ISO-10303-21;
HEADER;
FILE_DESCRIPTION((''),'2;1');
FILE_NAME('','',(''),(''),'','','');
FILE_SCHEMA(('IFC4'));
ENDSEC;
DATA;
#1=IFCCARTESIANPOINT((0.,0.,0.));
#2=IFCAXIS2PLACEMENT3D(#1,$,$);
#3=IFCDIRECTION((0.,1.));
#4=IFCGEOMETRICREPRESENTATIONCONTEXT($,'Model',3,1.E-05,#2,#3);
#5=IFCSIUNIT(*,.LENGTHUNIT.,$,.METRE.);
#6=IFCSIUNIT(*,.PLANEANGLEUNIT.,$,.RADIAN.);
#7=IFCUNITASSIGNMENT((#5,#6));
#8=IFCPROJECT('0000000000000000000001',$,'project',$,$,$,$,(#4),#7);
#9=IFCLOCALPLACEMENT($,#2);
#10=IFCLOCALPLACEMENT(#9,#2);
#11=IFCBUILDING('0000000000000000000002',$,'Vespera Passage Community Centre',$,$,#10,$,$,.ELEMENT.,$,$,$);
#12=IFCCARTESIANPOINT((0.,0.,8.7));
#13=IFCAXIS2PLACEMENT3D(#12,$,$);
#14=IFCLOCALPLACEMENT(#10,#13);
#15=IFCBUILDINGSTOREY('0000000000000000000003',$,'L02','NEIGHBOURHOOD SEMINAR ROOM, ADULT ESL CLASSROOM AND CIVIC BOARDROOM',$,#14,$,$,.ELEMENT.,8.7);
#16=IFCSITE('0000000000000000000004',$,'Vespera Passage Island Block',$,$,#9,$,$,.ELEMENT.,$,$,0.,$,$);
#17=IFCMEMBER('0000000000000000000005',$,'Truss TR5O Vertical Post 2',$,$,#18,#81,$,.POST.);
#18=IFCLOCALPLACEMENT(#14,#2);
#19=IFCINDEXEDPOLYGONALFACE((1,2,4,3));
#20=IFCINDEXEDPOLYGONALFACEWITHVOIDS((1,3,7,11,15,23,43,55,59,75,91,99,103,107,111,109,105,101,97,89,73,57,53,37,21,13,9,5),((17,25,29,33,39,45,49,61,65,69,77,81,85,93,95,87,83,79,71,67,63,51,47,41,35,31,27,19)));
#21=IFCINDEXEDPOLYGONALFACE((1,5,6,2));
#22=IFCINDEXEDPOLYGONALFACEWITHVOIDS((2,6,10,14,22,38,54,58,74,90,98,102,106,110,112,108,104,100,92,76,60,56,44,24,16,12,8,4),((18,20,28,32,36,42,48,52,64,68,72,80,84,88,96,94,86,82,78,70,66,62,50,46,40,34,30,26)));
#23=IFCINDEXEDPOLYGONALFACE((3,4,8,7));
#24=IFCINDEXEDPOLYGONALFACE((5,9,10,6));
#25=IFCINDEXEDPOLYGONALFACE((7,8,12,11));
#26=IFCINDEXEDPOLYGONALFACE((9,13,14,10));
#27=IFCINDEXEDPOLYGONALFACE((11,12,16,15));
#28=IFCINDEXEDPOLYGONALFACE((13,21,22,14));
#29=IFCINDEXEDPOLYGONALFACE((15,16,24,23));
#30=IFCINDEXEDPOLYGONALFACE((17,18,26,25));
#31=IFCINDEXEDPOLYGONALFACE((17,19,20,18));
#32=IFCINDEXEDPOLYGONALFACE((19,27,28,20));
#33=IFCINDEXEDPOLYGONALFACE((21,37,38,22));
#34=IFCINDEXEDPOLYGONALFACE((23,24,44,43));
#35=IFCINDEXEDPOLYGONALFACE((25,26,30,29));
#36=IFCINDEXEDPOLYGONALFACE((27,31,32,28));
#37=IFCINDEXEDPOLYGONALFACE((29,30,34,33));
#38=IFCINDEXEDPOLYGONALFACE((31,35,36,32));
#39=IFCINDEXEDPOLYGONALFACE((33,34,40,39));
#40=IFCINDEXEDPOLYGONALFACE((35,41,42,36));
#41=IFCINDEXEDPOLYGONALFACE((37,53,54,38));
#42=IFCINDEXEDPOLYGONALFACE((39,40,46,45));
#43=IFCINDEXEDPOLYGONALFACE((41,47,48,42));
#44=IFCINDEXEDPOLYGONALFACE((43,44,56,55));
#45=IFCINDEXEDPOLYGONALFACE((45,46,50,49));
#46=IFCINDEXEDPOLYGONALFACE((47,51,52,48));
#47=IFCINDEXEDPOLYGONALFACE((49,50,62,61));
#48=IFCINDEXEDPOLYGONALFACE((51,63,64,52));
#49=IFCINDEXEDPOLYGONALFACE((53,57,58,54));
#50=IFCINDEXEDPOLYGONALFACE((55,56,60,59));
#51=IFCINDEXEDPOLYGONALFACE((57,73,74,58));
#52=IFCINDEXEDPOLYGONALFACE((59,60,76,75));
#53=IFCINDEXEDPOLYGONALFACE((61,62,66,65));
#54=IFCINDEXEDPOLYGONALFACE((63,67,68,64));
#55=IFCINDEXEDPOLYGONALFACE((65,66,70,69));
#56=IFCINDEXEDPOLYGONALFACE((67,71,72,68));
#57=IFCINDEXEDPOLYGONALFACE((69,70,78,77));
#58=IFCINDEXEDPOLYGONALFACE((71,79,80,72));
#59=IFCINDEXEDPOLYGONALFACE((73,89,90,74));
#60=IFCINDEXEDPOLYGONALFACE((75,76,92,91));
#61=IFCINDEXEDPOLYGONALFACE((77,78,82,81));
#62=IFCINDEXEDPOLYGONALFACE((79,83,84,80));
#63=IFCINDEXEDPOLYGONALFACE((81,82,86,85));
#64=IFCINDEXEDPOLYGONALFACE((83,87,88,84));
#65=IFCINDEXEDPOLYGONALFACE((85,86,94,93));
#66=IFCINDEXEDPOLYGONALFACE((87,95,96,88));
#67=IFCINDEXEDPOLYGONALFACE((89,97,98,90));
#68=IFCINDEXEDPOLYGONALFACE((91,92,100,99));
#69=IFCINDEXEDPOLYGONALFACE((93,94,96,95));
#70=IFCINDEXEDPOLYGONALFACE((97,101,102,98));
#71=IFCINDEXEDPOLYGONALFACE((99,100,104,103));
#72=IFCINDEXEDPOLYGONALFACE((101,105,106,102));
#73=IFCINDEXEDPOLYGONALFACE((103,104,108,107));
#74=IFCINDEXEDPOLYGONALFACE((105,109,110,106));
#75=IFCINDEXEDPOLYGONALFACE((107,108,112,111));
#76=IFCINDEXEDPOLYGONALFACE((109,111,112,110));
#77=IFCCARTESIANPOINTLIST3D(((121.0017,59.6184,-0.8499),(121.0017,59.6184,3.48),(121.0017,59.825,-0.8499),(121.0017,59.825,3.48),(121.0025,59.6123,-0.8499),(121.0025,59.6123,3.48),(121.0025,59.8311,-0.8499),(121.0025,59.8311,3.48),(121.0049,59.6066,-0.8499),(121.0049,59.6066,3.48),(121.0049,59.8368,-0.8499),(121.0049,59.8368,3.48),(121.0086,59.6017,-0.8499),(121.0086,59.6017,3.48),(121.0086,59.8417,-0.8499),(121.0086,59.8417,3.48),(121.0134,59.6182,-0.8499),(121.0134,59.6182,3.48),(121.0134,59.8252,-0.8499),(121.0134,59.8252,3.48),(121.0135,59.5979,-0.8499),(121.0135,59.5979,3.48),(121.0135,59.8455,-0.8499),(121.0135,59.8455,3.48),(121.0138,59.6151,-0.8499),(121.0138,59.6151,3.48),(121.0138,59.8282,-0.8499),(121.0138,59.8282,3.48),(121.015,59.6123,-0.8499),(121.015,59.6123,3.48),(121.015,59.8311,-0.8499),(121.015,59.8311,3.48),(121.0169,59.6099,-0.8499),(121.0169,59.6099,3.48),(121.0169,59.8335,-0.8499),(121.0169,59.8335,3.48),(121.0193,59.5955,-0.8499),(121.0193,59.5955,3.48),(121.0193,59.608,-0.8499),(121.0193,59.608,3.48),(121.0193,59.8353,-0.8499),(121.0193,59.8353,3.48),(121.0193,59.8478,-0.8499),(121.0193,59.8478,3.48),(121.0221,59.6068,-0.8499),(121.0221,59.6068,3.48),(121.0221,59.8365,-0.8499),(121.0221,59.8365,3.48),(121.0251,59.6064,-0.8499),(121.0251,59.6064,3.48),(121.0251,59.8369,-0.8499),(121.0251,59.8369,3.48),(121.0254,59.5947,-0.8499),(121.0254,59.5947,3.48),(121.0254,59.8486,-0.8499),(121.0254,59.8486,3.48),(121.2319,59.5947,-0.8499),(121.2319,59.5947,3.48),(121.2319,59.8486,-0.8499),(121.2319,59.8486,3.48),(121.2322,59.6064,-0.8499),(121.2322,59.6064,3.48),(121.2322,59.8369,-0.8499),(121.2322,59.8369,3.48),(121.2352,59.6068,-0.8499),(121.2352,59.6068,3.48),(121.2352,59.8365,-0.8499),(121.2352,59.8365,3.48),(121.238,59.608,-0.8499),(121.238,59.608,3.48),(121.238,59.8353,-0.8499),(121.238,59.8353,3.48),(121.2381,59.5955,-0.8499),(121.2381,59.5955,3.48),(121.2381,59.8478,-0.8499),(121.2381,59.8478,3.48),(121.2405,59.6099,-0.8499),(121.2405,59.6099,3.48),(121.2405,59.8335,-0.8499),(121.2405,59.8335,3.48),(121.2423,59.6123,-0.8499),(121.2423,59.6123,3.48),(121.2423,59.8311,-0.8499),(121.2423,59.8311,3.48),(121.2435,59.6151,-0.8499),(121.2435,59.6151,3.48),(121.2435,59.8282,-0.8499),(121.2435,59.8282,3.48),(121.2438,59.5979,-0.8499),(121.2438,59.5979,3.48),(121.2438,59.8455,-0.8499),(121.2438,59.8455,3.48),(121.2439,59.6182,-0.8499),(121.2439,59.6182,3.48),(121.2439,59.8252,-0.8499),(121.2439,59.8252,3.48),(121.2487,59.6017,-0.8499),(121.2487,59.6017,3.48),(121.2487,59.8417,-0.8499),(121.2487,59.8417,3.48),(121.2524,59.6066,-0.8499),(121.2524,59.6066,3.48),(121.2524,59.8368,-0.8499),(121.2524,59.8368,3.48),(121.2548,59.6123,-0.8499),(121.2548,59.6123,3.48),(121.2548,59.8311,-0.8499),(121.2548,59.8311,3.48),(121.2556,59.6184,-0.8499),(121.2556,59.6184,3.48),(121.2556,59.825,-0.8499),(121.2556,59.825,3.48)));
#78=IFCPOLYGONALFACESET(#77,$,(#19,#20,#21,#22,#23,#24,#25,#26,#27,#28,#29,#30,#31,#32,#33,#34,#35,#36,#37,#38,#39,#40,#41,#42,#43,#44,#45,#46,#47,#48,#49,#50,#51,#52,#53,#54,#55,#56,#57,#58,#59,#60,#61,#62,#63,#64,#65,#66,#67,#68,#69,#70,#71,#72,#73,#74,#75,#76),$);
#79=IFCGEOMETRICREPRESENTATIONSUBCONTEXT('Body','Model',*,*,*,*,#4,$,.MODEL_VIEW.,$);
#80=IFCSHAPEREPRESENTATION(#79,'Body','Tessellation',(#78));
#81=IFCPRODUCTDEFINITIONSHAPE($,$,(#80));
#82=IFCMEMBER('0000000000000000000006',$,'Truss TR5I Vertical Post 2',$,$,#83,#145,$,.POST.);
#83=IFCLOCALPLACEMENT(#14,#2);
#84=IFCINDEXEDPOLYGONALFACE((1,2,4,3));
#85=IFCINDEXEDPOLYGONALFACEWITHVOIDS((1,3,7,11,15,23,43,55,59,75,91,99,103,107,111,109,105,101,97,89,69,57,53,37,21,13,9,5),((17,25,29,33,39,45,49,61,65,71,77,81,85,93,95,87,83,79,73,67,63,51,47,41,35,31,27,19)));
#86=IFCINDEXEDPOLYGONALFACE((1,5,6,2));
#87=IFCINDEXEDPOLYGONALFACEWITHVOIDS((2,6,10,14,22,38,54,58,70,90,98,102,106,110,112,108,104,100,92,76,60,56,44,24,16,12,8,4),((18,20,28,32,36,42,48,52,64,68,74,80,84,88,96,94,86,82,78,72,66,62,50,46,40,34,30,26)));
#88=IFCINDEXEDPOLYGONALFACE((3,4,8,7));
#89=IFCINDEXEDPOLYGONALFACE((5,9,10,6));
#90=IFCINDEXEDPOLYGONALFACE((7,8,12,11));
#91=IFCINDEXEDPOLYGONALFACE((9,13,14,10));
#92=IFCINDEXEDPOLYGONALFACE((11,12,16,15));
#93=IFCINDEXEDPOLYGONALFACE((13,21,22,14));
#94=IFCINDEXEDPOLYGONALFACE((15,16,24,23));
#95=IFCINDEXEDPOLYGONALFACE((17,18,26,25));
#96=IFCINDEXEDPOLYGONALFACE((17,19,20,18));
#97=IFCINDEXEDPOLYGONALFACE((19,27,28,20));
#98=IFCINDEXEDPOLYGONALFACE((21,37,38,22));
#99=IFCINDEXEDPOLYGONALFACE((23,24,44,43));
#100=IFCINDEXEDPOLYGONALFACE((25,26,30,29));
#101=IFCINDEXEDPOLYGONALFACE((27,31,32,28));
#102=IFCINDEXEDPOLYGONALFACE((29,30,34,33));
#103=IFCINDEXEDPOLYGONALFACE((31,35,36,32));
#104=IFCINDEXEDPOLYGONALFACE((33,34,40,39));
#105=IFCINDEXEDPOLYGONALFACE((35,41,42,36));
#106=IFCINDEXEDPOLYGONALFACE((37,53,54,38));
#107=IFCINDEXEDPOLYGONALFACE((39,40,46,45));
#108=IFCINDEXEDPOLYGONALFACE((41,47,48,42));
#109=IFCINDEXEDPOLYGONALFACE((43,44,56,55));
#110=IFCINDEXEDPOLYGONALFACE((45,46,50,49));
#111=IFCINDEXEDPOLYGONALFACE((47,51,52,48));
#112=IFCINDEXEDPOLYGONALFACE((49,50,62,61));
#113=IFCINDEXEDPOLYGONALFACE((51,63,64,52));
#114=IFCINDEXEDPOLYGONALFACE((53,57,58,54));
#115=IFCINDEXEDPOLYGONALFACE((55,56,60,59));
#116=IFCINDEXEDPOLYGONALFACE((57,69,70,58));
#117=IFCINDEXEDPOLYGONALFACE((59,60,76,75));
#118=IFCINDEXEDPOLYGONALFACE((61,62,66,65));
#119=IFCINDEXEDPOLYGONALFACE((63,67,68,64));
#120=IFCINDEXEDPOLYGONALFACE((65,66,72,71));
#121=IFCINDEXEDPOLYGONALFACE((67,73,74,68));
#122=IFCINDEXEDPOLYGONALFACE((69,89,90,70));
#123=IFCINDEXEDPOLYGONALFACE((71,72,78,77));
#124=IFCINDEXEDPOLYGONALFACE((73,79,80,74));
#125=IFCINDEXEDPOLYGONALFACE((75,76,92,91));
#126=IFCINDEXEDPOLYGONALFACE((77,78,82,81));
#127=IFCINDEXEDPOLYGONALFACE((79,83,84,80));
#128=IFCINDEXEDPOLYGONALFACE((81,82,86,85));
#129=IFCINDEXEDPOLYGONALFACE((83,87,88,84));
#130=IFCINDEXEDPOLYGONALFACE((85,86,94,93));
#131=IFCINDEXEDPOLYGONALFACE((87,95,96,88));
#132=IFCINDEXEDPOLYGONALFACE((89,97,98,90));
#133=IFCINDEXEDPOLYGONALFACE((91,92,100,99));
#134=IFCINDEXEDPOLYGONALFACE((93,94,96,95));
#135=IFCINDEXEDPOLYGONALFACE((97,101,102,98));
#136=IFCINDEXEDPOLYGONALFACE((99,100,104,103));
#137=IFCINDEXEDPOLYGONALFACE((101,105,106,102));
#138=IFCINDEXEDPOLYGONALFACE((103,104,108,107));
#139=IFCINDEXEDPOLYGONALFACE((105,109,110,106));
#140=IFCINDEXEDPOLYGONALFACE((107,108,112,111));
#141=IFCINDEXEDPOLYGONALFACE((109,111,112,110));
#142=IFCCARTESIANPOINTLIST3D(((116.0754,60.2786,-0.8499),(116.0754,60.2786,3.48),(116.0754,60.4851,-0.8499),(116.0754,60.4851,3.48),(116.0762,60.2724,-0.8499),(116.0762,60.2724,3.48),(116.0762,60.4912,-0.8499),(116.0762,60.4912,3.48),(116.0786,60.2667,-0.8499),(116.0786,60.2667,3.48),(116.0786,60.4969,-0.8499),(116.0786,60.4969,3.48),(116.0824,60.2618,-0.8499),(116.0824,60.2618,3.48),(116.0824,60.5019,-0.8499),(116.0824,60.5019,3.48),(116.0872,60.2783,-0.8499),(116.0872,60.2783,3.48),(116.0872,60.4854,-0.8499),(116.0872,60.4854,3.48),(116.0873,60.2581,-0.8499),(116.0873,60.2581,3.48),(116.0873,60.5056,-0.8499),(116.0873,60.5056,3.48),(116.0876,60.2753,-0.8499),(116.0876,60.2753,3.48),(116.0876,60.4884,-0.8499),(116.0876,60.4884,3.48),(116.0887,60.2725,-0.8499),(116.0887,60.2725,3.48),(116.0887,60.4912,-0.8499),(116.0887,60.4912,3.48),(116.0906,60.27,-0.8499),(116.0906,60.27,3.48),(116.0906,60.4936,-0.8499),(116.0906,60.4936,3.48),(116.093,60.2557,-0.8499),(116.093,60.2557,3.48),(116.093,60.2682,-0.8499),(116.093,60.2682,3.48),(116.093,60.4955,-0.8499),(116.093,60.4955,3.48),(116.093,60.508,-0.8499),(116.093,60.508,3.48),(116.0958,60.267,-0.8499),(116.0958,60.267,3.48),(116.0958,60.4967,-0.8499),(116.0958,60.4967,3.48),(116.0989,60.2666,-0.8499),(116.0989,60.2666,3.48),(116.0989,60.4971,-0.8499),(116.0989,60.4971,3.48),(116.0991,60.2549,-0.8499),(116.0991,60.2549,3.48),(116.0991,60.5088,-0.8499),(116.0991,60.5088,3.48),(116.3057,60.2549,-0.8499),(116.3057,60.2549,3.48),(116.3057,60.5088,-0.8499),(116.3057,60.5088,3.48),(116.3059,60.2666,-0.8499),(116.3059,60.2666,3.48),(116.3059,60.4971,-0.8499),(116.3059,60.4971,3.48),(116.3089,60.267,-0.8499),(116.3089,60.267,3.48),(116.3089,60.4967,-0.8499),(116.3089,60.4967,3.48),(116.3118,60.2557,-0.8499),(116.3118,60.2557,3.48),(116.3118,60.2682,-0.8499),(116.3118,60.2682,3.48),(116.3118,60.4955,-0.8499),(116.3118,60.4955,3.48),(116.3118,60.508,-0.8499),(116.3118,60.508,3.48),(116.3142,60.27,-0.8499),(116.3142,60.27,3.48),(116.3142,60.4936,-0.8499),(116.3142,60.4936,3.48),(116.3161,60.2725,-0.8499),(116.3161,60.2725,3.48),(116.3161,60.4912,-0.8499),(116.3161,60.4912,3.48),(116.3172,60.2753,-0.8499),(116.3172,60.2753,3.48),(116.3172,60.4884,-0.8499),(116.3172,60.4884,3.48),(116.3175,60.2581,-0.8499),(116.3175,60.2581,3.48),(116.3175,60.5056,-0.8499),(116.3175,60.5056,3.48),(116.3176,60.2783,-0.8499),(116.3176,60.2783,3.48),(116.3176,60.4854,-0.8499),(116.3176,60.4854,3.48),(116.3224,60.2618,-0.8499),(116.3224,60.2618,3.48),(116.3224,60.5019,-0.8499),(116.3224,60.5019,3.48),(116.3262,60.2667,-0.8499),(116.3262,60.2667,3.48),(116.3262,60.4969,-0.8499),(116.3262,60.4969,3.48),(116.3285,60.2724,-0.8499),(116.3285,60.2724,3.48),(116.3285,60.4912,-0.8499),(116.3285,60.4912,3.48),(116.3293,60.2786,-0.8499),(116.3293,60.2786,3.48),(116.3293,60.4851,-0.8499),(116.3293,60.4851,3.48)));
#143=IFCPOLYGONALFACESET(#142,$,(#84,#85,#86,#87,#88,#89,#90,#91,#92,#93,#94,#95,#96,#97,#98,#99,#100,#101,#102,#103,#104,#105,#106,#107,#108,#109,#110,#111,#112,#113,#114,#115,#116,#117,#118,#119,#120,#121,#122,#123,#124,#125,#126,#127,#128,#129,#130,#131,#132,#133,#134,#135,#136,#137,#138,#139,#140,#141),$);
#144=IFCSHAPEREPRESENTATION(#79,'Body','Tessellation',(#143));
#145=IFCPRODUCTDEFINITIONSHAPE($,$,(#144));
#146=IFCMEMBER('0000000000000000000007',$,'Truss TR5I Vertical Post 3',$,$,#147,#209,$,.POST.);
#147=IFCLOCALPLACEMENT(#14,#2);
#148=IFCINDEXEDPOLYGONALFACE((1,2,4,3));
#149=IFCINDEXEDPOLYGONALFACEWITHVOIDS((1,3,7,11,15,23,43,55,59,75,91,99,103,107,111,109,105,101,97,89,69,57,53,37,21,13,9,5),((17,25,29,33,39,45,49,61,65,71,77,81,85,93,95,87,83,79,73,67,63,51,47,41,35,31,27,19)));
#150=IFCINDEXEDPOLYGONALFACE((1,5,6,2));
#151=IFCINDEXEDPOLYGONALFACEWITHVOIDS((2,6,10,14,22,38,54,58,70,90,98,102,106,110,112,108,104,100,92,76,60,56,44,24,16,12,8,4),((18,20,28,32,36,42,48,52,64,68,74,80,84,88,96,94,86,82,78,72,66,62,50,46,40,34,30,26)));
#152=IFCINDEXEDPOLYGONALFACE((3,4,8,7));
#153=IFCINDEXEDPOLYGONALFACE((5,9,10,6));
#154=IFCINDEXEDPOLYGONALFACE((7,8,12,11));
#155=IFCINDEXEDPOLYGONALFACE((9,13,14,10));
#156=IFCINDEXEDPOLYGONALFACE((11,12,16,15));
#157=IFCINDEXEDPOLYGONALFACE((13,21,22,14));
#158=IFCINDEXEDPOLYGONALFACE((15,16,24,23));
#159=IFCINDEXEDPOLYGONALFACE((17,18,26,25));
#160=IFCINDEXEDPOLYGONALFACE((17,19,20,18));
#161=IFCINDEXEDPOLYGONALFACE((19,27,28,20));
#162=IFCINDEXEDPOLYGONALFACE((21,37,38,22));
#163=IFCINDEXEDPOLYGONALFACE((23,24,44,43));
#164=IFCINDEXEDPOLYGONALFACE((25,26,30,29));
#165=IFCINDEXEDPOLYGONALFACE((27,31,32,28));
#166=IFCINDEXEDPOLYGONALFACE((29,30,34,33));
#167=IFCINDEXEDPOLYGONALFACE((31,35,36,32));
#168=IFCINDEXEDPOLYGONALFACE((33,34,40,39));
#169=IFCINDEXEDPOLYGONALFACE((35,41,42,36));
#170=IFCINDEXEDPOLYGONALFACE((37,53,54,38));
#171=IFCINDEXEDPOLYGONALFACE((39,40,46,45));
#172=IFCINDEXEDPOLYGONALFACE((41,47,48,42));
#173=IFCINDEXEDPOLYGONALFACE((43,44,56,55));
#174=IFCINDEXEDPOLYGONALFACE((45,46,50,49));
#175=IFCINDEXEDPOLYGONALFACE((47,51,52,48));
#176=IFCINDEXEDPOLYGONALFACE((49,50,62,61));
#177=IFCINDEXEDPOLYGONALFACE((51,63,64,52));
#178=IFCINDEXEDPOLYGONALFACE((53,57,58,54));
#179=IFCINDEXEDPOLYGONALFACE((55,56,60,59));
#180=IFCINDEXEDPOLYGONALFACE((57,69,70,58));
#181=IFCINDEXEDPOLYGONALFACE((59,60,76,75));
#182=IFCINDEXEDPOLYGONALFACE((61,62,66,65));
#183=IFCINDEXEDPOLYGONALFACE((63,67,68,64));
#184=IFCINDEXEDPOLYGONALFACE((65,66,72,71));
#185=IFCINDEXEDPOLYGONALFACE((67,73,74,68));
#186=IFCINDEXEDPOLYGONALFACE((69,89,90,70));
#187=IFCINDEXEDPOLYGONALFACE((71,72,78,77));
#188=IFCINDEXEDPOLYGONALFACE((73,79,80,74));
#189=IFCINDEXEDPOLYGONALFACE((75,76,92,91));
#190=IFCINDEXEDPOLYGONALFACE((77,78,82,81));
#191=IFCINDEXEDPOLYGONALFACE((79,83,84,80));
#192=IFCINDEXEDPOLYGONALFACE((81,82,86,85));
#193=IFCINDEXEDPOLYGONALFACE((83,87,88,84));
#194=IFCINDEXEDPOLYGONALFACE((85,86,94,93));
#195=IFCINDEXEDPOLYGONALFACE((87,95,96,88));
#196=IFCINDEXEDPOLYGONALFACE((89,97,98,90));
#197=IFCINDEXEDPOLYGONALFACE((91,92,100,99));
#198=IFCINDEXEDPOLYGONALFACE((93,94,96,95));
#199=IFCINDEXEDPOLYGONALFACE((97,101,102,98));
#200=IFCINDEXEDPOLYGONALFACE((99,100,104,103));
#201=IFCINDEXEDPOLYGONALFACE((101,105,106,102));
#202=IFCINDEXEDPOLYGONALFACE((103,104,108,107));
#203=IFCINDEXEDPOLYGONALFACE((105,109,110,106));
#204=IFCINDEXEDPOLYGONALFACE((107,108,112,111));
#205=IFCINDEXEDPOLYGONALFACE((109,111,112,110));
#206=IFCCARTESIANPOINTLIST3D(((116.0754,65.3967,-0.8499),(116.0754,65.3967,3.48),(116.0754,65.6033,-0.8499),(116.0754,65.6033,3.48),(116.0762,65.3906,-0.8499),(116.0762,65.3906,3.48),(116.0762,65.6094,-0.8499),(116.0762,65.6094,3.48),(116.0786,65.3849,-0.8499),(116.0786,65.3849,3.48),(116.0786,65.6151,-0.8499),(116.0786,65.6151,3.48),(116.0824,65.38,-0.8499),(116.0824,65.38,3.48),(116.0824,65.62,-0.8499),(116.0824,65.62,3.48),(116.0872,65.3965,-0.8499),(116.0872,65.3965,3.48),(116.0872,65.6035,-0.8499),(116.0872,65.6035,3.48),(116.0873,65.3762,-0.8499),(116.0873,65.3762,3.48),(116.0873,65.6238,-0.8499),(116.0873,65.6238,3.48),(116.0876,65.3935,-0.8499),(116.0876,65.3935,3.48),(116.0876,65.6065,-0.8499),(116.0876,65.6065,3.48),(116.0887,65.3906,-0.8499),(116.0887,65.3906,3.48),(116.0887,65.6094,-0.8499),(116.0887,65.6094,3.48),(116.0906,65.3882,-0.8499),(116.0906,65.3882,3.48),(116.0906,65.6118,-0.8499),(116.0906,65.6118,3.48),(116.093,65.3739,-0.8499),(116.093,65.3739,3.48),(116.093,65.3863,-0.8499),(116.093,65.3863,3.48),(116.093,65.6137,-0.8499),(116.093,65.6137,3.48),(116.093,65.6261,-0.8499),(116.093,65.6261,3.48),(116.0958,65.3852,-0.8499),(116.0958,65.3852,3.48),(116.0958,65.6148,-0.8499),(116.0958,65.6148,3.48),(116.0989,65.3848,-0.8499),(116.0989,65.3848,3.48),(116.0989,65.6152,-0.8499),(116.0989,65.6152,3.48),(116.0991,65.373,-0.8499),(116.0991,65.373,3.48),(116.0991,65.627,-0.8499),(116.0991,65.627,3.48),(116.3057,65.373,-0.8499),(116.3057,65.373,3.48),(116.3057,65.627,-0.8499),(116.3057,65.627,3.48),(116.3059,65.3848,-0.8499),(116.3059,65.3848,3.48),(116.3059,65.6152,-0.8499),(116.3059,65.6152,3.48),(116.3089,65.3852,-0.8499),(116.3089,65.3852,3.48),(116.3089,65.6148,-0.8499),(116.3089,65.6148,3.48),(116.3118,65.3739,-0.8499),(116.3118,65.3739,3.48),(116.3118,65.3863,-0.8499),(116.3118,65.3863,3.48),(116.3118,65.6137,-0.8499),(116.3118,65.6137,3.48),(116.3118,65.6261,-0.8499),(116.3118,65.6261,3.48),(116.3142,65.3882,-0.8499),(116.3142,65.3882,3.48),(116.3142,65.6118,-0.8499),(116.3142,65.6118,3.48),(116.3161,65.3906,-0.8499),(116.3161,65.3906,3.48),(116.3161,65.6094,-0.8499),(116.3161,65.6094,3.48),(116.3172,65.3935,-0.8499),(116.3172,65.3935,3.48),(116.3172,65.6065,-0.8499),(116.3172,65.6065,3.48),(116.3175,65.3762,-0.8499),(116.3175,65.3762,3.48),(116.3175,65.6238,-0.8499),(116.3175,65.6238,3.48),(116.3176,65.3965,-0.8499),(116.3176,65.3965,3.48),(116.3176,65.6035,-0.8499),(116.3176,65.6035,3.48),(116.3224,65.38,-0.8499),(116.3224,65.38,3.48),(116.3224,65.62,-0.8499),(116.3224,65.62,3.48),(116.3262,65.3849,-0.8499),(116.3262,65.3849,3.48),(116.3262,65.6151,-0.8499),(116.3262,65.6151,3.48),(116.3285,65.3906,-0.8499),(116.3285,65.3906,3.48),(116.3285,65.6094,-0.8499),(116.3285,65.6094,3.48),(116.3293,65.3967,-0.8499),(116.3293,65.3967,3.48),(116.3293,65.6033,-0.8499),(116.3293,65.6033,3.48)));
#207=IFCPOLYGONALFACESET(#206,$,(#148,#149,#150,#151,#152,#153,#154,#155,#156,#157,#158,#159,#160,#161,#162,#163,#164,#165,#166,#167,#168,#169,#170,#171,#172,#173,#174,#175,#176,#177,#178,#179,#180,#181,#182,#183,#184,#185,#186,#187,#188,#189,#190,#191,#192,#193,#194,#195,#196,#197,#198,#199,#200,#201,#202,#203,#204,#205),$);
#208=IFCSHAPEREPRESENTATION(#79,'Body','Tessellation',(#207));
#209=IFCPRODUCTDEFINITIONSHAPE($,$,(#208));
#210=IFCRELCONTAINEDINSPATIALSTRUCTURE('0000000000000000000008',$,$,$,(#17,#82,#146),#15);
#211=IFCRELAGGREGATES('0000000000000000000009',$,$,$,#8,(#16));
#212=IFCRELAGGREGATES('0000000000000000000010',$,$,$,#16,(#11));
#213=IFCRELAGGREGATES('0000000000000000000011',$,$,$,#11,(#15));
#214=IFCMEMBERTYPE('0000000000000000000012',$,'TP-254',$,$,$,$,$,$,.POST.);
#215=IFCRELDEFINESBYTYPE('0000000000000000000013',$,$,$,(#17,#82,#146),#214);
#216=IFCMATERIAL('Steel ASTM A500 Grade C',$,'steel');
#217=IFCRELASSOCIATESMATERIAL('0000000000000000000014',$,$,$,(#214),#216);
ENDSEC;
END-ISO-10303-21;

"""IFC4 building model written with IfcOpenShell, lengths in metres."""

from ifc_helpers import new_model, si_unit, direction, frame, origin, origin_2d, place, context, subcontext, project, spatial, hollow_rectangle, extrude, material, material_profile, profile_set, type_object, element, save


model = new_model("IFC4")

# Units and contexts
model_context = context("Model", 3, precision=1e-05, world=origin(), true_north=direction((0.0, 1.0)))
body_context = subcontext(model_context, "Body", "Model", "MODEL_VIEW")
ifc_project = project(units=[si_unit("LENGTHUNIT", "METRE"), si_unit("PLANEANGLEUNIT", "RADIAN")], contexts=[model_context])

# Site, building, storey
site_placement = place(None, origin())
site = spatial("IfcSite", under=ifc_project, at=site_placement, Name="Vespera Passage Island Block", CompositionType="ELEMENT", RefElevation=0.0)
building_placement = place(site_placement, origin())
building = spatial("IfcBuilding", under=site, at=building_placement, Name="Vespera Passage Community Centre", CompositionType="ELEMENT")
storey_placement = place(building_placement, frame((0.0, 0.0, 8.7)))
storey = spatial("IfcBuildingStorey", under=building, at=storey_placement, Name="L02", Description="NEIGHBOURHOOD SEMINAR ROOM, ADULT ESL CLASSROOM AND CIVIC BOARDROOM", CompositionType="ELEMENT", Elevation=8.7)

# Members
ifc_material_1 = material(Name="Steel ASTM A500 Grade C", Category="steel")
ifc_material_profile_1 = material_profile(ifc_material_1, hollow_rectangle(XDim=0.2539, YDim=0.2539, WallThickness=0.0117, InnerFilletRadius=0.0117, OuterFilletRadius=0.0237, at=origin_2d()), Name="HSS254X254X12.7")
ifc_profile_set_1 = profile_set([ifc_material_profile_1], Name="Steel ASTM A500 Grade C")
member_type_1 = type_object("IfcMemberType", Name="TP-254", PredefinedType="POST", material=ifc_profile_set_1)
for number, where, z_axis, x_axis, name in (
    (1, (121.1287, 59.7217, -0.8499), (0.0, 0.0, 1.0), (1.0, 0.0, 0.0), "Truss TR5O Vertical Post 2"),
    (2, (116.2024, 60.3818, -0.8499), (0.0, 0.0, 1.0), (1.0, 0.0, 0.0), "Truss TR5I Vertical Post 2"),
    (3, (116.2024, 65.5, -0.8499), (0.0, 0.0, 1.0), (1.0, 0.0, 0.0), "Truss TR5I Vertical Post 3"),
):
    element("IfcMember", number, at=place(storey_placement, frame(where, z_axis=z_axis, x_axis=x_axis)), inside=storey, type_object=member_type_1, Name=name, PredefinedType="POST", context=body_context, shape_type="SweptSolid", body=[
        extrude(hollow_rectangle(XDim=0.2539, YDim=0.2539, WallThickness=0.0117, InnerFilletRadius=0.0117, OuterFilletRadius=0.0237, at=origin_2d()), origin(), (0.0, 0.0, 1.0), 4.3298),
    ])

save(model, "model.ifc")
